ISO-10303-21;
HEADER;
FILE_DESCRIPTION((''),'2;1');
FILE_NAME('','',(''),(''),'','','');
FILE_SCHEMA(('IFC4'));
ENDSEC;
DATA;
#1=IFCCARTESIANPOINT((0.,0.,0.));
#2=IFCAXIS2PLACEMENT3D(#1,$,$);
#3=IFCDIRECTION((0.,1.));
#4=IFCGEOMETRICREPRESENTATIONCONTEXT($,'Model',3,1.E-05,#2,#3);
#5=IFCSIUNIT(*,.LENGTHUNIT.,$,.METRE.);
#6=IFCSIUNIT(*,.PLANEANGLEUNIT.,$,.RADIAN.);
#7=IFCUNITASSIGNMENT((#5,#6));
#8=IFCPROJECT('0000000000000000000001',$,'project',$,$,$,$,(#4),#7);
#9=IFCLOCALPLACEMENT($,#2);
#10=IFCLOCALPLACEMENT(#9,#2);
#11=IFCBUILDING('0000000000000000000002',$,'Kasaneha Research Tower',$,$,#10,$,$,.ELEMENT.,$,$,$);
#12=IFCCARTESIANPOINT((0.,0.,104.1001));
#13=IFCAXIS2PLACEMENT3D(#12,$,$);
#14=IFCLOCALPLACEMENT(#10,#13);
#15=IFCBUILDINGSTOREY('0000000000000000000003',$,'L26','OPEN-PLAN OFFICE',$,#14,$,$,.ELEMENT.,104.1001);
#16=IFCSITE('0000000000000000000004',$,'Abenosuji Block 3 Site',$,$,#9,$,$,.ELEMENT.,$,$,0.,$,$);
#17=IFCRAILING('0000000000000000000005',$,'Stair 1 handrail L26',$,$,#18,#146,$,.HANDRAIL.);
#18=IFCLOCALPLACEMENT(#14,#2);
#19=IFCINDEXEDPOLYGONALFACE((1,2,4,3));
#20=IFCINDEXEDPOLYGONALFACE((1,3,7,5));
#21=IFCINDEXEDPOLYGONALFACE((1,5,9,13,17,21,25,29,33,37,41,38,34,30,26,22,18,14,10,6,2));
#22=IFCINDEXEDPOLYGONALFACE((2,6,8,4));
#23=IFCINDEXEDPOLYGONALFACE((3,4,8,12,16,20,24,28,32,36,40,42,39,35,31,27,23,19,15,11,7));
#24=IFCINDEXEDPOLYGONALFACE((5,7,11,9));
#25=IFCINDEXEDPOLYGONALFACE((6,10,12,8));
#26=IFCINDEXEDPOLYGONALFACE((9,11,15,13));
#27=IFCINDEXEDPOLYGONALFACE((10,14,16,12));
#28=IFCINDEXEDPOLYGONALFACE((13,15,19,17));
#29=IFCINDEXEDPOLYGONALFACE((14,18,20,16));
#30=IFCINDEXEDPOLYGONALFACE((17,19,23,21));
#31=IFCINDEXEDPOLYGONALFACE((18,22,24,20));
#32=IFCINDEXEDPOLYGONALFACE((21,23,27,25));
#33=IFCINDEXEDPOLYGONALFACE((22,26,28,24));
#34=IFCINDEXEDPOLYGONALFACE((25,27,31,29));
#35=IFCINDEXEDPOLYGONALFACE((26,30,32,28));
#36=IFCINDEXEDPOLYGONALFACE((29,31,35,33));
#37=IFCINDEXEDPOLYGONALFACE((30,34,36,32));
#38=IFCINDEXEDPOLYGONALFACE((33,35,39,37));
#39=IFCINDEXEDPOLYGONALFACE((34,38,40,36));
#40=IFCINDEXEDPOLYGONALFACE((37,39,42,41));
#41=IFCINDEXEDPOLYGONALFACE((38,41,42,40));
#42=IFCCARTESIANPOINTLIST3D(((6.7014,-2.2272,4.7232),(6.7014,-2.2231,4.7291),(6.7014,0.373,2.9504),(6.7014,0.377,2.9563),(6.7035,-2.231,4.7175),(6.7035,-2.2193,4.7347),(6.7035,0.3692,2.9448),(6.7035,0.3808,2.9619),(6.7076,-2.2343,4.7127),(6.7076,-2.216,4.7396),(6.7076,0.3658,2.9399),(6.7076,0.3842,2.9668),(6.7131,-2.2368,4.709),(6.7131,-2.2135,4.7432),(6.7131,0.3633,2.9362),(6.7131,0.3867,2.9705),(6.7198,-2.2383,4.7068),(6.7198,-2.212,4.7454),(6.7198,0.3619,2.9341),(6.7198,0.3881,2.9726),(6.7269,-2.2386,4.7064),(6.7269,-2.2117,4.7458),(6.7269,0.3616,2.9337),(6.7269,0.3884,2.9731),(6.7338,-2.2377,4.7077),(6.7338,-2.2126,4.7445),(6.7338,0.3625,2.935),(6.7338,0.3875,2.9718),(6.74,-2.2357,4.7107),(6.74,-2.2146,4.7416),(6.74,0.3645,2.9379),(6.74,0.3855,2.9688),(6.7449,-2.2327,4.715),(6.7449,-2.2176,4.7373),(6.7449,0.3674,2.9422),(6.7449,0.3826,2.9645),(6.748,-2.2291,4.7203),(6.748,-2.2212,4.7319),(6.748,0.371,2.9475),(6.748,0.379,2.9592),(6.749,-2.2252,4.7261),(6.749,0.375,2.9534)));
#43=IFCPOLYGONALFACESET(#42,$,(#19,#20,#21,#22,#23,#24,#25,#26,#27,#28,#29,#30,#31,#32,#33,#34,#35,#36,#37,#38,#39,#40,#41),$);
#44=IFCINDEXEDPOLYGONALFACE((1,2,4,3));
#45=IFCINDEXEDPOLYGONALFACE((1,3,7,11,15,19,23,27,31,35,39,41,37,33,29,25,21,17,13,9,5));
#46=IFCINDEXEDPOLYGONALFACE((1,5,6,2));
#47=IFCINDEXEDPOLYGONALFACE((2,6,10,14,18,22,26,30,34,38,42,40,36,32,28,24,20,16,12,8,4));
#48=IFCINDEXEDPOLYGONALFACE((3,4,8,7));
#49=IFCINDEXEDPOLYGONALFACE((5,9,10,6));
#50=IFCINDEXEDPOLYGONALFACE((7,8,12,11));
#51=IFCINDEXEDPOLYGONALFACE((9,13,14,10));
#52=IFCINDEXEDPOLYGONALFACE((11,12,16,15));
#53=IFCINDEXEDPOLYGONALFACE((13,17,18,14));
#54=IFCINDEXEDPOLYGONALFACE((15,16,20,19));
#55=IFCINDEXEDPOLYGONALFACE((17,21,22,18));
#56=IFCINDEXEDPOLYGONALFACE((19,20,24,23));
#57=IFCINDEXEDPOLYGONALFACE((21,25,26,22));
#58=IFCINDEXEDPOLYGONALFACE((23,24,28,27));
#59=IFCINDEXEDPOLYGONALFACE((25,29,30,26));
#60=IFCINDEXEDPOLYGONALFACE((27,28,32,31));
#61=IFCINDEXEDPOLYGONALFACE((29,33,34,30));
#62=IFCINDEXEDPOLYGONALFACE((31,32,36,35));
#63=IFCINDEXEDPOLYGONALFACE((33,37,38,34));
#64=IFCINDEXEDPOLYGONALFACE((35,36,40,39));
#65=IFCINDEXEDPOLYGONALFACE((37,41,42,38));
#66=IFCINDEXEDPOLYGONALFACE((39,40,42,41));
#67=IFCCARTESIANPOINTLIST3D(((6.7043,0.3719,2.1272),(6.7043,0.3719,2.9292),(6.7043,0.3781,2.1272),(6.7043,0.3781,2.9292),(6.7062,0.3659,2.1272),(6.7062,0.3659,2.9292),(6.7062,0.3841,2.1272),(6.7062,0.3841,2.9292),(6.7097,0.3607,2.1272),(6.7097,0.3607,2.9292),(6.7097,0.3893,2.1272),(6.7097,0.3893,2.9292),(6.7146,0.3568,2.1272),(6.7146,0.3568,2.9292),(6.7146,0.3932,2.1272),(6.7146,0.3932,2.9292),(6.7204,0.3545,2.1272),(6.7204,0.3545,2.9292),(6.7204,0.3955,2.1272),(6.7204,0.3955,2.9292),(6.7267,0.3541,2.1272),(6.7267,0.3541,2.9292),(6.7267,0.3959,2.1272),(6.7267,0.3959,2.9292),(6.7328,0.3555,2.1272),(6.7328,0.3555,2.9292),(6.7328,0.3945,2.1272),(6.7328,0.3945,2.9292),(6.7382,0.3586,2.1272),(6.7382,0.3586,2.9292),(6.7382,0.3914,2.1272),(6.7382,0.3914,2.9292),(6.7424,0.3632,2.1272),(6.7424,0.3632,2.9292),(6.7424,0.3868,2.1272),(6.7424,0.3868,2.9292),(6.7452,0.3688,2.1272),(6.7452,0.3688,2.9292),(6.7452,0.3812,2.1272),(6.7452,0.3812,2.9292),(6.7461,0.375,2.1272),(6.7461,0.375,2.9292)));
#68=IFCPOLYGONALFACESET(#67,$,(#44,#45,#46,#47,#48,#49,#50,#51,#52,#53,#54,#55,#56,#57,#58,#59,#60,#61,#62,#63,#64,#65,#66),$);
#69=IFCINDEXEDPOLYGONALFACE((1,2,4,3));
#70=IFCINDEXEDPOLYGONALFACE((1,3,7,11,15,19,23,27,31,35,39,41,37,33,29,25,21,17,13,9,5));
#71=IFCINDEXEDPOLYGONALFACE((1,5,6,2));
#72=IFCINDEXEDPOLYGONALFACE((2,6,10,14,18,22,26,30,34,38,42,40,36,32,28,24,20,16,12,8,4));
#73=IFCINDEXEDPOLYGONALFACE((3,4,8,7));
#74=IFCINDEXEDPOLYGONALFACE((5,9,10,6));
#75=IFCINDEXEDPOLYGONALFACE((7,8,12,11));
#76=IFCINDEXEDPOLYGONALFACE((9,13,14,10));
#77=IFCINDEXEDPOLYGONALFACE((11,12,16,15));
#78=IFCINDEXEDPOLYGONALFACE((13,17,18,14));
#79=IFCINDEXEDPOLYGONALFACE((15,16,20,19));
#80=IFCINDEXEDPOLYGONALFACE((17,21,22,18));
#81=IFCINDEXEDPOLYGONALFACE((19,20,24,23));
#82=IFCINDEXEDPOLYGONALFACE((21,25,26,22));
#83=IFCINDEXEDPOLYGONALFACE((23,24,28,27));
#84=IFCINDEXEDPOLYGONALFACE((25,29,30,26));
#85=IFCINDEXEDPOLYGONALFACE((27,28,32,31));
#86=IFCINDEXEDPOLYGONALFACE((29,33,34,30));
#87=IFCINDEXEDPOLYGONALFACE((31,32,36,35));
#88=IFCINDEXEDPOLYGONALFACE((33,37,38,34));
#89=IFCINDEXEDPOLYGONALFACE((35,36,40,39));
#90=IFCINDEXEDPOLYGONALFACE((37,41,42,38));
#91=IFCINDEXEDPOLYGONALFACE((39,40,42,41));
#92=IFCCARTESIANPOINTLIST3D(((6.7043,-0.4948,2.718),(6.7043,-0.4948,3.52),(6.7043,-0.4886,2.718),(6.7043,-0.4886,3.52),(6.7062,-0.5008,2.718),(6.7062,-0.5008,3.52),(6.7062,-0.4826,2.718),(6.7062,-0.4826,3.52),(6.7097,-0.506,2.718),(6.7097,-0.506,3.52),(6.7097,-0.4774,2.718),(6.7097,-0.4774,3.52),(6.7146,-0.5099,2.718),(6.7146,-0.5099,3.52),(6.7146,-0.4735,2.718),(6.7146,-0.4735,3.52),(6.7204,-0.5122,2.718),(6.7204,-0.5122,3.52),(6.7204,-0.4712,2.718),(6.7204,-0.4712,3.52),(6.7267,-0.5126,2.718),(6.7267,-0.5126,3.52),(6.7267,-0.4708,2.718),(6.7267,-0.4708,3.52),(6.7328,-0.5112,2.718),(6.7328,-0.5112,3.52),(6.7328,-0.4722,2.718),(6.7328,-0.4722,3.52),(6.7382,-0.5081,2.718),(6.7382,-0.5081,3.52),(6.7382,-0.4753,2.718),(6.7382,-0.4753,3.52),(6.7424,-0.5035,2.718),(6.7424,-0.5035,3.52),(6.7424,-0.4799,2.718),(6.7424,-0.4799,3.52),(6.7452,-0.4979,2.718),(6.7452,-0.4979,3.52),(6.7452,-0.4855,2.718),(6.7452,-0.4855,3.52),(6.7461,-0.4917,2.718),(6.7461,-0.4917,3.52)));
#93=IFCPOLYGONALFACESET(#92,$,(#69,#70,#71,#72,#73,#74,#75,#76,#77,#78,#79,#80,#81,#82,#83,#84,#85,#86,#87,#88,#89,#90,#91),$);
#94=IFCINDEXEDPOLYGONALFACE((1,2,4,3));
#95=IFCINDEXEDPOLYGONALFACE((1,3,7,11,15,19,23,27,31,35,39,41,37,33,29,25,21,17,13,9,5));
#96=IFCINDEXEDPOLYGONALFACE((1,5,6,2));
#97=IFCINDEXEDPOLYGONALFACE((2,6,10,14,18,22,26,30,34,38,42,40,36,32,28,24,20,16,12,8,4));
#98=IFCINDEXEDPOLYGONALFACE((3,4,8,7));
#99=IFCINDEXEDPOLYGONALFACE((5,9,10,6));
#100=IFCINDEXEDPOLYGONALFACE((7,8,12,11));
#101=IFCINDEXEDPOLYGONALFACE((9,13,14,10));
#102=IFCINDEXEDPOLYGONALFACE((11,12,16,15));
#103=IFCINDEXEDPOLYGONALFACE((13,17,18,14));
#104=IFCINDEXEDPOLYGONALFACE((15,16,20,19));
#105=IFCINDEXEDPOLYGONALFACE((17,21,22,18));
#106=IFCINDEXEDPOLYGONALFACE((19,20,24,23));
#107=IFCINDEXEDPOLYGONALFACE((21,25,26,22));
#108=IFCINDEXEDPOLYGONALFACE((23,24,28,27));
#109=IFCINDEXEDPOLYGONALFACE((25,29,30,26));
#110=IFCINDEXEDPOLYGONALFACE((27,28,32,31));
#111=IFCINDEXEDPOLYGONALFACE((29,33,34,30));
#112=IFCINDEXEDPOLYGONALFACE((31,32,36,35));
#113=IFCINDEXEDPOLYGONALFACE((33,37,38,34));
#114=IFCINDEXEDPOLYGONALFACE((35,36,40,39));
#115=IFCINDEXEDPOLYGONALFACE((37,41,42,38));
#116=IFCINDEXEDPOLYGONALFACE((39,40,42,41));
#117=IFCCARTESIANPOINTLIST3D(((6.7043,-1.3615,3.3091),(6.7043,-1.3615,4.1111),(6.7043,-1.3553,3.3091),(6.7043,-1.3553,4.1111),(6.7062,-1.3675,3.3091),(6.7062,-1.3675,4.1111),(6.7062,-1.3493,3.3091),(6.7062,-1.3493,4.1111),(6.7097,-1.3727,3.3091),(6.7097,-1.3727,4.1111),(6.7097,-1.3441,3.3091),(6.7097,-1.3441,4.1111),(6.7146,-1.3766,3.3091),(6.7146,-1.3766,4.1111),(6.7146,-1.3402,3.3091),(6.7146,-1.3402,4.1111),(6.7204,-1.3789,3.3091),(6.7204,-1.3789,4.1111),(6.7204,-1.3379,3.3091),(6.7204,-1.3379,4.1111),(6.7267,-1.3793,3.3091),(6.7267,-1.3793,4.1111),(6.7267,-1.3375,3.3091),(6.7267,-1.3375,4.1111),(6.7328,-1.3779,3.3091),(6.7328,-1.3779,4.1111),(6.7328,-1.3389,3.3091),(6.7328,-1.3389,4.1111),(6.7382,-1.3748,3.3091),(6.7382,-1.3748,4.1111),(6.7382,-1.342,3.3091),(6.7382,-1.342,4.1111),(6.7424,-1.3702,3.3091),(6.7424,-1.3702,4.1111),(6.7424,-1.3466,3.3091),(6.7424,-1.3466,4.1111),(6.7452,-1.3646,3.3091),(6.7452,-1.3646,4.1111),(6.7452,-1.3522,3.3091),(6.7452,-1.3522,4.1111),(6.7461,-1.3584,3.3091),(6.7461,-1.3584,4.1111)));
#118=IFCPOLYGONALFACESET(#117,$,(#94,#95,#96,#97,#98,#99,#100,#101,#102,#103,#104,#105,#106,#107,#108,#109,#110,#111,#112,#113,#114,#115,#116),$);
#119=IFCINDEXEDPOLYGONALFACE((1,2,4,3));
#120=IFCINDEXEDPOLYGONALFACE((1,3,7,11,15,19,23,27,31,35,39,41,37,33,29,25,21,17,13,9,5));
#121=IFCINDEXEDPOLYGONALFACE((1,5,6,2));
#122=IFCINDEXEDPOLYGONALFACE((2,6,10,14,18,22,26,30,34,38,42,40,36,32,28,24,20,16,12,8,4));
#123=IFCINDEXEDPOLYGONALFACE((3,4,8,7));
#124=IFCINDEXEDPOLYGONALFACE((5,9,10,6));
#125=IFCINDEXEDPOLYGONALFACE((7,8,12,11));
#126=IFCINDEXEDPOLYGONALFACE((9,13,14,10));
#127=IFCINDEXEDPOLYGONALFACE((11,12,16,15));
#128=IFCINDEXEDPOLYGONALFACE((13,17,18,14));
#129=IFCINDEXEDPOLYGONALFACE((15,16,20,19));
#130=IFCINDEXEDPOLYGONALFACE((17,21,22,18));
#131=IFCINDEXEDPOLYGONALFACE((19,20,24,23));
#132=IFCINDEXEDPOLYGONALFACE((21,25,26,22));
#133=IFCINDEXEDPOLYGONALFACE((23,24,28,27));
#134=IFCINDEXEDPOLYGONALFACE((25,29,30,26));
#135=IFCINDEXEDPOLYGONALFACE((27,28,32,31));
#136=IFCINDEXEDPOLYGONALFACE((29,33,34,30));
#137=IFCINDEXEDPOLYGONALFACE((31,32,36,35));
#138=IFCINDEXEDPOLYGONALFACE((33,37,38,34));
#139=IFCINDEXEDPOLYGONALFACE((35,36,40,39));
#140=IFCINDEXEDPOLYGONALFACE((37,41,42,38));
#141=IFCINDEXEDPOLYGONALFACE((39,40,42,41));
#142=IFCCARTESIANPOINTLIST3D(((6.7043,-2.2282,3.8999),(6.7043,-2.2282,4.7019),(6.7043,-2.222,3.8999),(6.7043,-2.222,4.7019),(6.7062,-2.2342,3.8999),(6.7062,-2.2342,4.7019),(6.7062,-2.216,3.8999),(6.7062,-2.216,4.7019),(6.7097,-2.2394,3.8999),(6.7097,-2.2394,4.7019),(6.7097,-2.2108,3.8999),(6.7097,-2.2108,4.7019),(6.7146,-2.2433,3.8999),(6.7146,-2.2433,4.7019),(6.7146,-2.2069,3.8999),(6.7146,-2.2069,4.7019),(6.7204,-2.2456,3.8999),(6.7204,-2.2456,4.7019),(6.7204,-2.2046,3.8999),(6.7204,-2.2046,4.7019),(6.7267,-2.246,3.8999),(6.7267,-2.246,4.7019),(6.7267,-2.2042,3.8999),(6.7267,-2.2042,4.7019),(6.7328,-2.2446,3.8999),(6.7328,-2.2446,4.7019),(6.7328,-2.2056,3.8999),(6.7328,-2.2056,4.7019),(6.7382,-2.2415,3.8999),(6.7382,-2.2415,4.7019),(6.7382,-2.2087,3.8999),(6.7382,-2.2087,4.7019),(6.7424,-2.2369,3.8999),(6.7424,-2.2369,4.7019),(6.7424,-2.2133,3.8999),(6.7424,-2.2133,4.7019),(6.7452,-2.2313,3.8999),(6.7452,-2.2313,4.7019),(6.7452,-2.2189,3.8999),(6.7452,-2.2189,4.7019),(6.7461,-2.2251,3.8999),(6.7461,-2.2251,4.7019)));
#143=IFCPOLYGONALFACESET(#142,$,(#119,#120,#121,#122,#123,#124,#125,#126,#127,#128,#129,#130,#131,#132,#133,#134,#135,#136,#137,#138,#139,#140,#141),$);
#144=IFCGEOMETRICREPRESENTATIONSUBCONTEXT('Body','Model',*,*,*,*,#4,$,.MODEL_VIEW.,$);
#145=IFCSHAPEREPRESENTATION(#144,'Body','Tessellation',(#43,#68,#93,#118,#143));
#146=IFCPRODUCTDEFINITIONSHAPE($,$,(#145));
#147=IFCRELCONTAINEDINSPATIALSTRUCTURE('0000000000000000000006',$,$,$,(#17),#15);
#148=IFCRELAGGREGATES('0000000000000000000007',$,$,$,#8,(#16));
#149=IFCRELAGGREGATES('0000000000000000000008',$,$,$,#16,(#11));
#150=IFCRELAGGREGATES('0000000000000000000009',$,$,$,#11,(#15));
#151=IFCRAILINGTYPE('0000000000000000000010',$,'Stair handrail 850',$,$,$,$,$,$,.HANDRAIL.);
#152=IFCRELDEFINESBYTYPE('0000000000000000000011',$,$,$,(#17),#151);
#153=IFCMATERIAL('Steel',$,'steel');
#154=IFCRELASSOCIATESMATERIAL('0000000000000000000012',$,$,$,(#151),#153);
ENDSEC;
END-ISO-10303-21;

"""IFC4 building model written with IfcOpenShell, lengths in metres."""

from ifc_helpers import new_model, si_unit, direction, frame, origin, origin_2d, place, context, subcontext, project, spatial, circle, extrude, material, type_object, element, save


model = new_model("IFC4")

# Units and contexts
model_context = context("Model", 3, precision=1e-05, world=origin(), true_north=direction((0.0, 1.0)))
body_context = subcontext(model_context, "Body", "Model", "MODEL_VIEW")
ifc_project = project(units=[si_unit("LENGTHUNIT", "METRE"), si_unit("PLANEANGLEUNIT", "RADIAN")], contexts=[model_context])

# Site, building, storey
site_placement = place(None, origin())
site = spatial("IfcSite", under=ifc_project, at=site_placement, Name="Abenosuji Block 3 Site", CompositionType="ELEMENT", RefElevation=0.0)
building_placement = place(site_placement, origin())
building = spatial("IfcBuilding", under=site, at=building_placement, Name="Kasaneha Research Tower", CompositionType="ELEMENT")
storey_placement = place(building_placement, frame((0.0, 0.0, 104.1001)))
storey = spatial("IfcBuildingStorey", under=building, at=storey_placement, Name="L26", Description="OPEN-PLAN OFFICE", CompositionType="ELEMENT", Elevation=104.1001)

# Railing
ifc_material_1 = material(Name="Steel", Category="steel")
railing_type_1 = type_object("IfcRailingType", Name="Stair handrail 850", PredefinedType="HANDRAIL", material=ifc_material_1)
railing_1_placement = place(storey_placement, frame((6.7251, 0.375, 2.1272)))
element("IfcRailing", 1, at=railing_1_placement, inside=storey, type_object=railing_type_1, Name="Stair 1 handrail L26", PredefinedType="HANDRAIL", context=body_context, shape_type="SweptSolid", body=[
    extrude(circle(Radius=0.0239, at=origin_2d()), frame((0.0, 0.0, 0.8262), z_axis=(0.0, -0.82624, 0.563318), x_axis=(1.0, 0.0, 0.0)), (0.0, 0.0, 1.0), 3.147),
    extrude(circle(Radius=0.021, at=origin_2d()), origin(), (0.0, 0.0, 1.0), 0.802),
    extrude(circle(Radius=0.021, at=origin_2d()), frame((0.0, -0.8667, 0.5908)), (0.0, 0.0, 1.0), 0.802),
    extrude(circle(Radius=0.021, at=origin_2d()), frame((0.0, -1.7334, 1.1819)), (0.0, 0.0, 1.0), 0.802),
    extrude(circle(Radius=0.021, at=origin_2d()), frame((0.0, -2.6001, 1.7727)), (0.0, 0.0, 1.0), 0.802),
])

save(model, "model.ifc")
